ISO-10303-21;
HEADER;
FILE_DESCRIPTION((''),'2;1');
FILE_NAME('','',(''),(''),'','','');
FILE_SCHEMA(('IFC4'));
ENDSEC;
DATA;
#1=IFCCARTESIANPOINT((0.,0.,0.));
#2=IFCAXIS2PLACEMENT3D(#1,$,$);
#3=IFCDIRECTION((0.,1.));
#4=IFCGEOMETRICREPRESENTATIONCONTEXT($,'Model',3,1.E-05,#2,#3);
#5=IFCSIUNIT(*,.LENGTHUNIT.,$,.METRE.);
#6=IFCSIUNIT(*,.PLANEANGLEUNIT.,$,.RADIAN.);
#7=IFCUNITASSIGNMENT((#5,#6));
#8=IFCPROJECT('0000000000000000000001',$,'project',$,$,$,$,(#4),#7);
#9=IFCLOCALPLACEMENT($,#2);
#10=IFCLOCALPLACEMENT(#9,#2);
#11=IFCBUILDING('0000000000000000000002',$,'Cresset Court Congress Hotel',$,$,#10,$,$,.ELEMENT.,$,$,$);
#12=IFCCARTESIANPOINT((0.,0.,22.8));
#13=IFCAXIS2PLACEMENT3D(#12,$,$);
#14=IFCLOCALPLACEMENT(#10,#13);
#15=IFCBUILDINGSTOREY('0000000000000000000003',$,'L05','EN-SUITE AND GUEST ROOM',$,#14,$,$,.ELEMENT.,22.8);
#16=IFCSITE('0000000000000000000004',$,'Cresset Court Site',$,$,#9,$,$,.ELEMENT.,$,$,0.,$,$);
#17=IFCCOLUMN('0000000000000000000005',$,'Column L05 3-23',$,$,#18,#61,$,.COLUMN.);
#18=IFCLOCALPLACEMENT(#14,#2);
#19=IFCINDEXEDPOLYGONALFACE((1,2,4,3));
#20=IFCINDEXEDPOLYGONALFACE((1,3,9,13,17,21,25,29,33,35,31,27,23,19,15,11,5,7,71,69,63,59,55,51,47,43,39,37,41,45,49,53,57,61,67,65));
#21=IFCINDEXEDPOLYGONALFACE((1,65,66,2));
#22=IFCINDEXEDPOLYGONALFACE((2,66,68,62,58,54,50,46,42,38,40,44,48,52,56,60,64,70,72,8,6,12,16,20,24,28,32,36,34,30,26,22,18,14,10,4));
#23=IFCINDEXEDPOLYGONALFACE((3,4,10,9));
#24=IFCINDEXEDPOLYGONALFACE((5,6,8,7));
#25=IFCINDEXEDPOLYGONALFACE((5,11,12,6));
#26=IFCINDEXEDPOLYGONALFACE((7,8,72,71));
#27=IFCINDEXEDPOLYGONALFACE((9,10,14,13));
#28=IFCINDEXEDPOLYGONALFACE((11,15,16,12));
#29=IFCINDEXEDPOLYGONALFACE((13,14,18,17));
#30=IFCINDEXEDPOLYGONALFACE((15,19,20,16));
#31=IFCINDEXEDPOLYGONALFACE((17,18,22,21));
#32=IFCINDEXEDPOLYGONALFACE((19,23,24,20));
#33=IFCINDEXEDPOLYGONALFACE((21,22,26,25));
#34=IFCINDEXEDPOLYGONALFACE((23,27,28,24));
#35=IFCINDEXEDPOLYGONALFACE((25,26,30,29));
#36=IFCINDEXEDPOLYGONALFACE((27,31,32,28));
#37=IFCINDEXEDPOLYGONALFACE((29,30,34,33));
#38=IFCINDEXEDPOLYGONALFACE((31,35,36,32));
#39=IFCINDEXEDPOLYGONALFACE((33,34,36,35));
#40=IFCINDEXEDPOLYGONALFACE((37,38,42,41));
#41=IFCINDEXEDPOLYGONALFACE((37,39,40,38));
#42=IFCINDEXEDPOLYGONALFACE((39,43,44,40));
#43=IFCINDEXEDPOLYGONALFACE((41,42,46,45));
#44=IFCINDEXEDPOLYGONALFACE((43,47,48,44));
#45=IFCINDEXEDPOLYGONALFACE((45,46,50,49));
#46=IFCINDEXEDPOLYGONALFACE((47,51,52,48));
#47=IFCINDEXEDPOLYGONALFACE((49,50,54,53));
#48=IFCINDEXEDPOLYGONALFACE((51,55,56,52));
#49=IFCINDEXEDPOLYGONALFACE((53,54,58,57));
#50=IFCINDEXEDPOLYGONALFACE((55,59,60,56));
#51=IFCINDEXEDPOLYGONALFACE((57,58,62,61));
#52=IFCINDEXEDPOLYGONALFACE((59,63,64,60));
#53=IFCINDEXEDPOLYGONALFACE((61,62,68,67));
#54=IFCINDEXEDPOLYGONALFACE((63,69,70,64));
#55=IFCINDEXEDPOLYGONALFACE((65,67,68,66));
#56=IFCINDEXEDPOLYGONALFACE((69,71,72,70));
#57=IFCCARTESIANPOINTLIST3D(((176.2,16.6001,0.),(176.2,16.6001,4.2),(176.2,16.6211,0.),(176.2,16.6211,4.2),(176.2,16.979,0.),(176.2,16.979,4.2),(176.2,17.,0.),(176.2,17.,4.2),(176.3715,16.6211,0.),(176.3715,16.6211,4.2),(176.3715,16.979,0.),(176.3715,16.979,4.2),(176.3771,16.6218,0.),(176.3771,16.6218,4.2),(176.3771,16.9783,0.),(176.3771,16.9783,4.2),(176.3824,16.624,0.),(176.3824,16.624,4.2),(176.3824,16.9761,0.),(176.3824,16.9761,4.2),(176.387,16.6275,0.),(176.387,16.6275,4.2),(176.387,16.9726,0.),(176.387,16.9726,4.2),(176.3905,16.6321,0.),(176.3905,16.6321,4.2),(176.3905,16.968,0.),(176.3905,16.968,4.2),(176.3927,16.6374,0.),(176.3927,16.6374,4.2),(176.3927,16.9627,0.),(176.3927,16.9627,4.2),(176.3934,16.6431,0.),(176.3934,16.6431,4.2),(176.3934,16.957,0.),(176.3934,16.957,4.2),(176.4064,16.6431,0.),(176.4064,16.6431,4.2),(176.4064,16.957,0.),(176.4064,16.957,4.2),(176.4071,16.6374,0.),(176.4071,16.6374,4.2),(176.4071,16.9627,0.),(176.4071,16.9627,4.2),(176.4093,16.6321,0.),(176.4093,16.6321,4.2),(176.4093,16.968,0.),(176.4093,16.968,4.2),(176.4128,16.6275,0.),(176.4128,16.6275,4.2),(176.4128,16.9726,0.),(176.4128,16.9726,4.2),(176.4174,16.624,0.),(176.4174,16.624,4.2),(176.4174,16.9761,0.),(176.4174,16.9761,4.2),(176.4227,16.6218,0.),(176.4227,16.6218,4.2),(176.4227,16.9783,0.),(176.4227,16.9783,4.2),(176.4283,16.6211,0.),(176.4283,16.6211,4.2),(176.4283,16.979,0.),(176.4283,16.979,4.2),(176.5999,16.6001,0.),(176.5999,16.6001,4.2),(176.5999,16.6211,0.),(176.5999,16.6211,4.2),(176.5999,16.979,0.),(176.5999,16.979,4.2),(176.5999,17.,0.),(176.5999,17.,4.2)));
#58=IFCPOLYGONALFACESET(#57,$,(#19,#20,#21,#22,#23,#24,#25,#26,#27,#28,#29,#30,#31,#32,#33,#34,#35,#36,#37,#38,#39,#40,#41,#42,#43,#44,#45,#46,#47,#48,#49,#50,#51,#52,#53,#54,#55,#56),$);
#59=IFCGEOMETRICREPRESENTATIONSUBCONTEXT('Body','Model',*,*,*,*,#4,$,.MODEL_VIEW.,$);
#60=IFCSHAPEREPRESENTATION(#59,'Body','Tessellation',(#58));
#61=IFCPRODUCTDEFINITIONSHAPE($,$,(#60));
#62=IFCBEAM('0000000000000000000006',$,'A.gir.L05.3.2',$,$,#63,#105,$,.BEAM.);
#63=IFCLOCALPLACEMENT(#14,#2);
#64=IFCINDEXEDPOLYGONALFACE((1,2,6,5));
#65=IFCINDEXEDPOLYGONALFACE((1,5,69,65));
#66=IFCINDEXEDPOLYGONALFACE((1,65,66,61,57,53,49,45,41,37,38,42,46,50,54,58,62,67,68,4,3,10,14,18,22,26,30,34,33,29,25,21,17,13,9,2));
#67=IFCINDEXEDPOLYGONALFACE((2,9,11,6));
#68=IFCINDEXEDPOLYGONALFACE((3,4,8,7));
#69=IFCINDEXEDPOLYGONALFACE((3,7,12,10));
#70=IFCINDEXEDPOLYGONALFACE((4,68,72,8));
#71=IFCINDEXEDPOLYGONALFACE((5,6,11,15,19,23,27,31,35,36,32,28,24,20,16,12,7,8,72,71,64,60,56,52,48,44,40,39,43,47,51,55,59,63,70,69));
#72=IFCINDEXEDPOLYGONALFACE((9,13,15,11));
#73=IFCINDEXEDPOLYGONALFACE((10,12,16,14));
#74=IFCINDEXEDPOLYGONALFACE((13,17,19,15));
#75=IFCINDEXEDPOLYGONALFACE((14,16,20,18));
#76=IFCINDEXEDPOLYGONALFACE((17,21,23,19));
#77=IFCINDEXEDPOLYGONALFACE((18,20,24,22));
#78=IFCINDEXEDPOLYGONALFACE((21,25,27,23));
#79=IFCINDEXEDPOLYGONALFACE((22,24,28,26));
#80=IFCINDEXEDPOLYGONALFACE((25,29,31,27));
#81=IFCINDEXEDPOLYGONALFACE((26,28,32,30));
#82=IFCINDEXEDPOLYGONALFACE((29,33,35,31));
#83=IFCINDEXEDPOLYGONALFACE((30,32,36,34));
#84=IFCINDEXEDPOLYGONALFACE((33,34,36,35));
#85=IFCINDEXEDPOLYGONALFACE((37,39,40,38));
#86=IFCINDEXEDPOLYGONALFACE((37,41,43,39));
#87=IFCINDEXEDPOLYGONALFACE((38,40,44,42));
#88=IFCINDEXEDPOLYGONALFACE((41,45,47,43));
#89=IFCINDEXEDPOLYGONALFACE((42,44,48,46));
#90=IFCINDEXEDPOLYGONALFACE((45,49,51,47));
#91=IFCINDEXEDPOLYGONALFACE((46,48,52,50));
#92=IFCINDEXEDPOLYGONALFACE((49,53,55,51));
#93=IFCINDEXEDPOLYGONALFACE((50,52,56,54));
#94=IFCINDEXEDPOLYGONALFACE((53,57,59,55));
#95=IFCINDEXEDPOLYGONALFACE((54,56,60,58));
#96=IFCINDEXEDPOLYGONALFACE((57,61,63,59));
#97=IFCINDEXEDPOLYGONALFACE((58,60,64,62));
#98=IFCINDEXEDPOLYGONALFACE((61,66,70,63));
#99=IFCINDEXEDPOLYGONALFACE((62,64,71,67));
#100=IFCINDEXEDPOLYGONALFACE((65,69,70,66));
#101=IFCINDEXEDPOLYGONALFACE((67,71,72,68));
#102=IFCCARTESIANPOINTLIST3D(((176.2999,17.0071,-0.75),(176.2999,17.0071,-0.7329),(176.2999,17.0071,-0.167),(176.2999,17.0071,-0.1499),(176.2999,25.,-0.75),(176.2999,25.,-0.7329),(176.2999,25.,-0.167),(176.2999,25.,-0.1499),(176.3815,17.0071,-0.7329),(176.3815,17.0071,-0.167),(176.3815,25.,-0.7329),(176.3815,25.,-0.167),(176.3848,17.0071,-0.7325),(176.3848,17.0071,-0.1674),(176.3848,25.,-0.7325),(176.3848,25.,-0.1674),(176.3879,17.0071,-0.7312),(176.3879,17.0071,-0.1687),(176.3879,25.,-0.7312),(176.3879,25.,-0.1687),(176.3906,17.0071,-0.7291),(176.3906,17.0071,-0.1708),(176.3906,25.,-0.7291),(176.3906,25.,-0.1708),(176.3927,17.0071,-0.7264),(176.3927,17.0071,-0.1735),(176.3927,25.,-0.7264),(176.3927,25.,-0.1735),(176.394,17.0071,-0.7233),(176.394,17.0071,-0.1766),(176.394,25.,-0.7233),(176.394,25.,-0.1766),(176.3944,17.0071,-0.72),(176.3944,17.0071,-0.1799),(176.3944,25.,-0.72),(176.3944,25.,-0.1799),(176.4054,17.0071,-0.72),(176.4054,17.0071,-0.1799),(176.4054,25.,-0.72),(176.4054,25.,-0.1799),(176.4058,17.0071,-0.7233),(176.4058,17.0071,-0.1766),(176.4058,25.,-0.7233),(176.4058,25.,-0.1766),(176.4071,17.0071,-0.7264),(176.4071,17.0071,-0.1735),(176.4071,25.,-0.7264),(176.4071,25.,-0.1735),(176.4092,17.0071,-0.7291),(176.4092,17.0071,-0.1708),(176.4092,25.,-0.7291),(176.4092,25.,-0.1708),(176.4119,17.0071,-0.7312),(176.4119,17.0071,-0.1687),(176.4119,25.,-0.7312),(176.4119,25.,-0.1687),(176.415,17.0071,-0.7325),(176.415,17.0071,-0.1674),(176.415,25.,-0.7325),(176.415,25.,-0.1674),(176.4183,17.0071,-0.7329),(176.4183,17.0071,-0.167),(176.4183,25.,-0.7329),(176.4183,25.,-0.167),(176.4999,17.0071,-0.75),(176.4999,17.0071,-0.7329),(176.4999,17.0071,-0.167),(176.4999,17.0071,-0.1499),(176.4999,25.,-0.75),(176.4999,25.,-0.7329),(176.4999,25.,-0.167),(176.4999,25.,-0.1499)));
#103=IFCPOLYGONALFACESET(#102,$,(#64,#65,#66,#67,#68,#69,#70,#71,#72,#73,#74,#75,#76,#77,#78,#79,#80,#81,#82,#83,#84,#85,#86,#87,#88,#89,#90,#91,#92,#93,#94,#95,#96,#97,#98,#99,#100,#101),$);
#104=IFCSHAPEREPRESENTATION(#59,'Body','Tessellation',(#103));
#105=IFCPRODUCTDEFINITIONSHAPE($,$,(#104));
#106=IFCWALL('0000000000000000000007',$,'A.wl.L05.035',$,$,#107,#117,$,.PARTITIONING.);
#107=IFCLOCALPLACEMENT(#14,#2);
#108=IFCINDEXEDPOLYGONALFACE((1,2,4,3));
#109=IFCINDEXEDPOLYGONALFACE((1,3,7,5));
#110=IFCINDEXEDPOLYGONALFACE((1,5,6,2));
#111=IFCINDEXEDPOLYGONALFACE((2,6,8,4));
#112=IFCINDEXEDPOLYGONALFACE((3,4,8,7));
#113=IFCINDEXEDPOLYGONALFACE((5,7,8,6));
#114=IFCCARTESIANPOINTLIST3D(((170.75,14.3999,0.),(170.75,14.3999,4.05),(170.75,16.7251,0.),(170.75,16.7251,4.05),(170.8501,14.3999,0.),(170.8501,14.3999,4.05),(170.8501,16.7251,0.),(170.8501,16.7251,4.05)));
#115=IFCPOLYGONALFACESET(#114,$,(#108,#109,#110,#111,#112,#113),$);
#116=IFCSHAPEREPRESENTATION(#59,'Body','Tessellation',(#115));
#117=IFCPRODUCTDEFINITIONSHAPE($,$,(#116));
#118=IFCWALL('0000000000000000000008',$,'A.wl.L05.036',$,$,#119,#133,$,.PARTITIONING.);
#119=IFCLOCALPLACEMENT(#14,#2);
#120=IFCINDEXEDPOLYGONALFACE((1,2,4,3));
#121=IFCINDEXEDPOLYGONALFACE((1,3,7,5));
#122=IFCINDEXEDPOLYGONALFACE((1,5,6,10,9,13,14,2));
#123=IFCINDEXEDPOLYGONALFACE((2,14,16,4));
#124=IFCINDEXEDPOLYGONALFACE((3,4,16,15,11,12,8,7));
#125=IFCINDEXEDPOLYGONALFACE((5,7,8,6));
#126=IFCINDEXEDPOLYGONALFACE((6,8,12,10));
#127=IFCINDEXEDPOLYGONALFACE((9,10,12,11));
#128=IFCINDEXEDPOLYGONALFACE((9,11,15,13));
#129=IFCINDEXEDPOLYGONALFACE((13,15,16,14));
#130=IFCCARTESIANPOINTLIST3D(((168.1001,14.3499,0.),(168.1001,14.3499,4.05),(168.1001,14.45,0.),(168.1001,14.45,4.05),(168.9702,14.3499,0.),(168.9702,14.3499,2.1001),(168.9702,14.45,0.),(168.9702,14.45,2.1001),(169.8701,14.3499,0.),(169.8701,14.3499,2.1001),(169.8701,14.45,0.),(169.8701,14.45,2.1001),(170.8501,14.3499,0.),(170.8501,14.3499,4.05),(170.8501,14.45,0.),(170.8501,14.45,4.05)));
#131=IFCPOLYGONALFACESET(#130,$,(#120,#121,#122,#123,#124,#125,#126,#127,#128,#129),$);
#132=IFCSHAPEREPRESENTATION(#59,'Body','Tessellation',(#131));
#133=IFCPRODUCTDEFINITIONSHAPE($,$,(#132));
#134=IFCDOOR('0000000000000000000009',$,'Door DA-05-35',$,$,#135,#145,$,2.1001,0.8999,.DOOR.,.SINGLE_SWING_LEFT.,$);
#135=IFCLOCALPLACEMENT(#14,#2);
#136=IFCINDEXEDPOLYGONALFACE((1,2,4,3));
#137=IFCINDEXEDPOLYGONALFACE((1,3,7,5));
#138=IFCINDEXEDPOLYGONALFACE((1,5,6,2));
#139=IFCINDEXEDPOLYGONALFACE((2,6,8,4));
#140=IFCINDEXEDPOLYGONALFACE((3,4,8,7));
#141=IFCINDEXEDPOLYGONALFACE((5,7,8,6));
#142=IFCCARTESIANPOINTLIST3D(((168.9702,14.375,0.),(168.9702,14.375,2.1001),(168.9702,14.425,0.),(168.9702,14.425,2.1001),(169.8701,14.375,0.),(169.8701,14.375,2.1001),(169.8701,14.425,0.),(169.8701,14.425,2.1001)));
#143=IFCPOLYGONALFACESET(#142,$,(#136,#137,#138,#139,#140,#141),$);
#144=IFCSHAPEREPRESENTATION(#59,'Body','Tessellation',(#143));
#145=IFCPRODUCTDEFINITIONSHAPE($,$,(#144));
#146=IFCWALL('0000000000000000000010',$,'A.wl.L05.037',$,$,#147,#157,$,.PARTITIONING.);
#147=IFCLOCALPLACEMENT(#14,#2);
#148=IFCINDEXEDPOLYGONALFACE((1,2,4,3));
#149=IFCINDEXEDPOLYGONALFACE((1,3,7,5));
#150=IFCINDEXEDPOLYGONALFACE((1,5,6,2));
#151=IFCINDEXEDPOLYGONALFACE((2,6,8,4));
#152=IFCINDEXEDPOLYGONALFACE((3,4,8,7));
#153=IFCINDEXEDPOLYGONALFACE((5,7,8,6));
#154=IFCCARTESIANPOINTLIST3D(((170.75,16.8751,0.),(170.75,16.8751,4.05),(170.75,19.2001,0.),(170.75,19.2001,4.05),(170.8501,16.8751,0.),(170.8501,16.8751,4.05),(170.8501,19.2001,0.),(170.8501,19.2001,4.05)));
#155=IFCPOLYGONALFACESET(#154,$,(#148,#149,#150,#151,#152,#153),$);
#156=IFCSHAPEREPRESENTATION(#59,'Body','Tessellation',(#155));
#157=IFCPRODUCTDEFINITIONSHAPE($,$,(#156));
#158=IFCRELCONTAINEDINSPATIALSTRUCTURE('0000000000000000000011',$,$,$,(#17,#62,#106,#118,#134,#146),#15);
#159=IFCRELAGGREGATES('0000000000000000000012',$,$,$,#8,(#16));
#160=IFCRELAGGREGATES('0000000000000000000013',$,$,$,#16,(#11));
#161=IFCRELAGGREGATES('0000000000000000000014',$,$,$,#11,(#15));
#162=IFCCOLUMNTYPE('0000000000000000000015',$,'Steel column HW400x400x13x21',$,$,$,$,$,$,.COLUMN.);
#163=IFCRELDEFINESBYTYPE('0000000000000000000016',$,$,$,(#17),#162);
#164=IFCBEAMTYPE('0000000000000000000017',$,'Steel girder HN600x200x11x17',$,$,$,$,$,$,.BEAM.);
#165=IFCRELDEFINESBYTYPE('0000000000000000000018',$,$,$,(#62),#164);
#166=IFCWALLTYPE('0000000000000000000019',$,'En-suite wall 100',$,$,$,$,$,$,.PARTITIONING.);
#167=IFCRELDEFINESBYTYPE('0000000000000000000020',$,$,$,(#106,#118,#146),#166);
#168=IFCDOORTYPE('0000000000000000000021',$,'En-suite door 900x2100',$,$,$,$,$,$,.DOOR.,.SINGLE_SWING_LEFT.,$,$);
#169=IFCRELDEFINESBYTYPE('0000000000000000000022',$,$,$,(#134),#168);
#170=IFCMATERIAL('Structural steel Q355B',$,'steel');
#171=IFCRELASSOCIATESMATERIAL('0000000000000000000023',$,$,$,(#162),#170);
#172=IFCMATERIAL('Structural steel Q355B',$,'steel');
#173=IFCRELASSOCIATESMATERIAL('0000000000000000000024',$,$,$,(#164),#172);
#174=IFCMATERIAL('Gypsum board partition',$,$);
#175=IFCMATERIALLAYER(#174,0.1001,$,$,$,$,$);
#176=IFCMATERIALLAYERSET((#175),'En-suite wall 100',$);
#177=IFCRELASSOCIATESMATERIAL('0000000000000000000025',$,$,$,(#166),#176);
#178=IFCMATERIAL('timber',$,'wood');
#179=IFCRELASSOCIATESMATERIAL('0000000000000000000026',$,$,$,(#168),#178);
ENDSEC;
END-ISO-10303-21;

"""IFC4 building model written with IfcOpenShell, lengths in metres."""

from ifc_helpers import new_model, si_unit, direction, frame, frame_2d, origin, origin_2d, place, context, subcontext, project, spatial, rectangle, i_section, extrude, material, layer, layer_set, material_profile, profile_set, type_object, element, fill, save


model = new_model("IFC4")

# Units and contexts
model_context = context("Model", 3, precision=1e-05, world=origin(), true_north=direction((0.0, 1.0)))
body_context = subcontext(model_context, "Body", "Model", "MODEL_VIEW")
ifc_project = project(units=[si_unit("LENGTHUNIT", "METRE"), si_unit("PLANEANGLEUNIT", "RADIAN")], contexts=[model_context])

# Site, building, storey
site_placement = place(None, origin())
site = spatial("IfcSite", under=ifc_project, at=site_placement, Name="Cresset Court Site", CompositionType="ELEMENT", RefElevation=0.0)
building_placement = place(site_placement, origin())
building = spatial("IfcBuilding", under=site, at=building_placement, Name="Cresset Court Congress Hotel", CompositionType="ELEMENT")
storey_placement = place(building_placement, frame((0.0, 0.0, 22.8)))
storey = spatial("IfcBuildingStorey", under=building, at=storey_placement, Name="L05", Description="EN-SUITE AND GUEST ROOM", CompositionType="ELEMENT", Elevation=22.8)

# Column
ifc_material_1 = material(Name="Structural steel Q355B", Category="steel")
ifc_material_profile_1 = material_profile(ifc_material_1, i_section(OverallWidth=0.3999, OverallDepth=0.3999, WebThickness=0.0129, FlangeThickness=0.021, FilletRadius=0.022, at=origin_2d()), Name="HW400x400x13x21")
ifc_profile_set_1 = profile_set([ifc_material_profile_1], Name="Structural steel Q355B")
column_type = type_object("IfcColumnType", Name="Steel column HW400x400x13x21", PredefinedType="COLUMN", material=ifc_profile_set_1)
column_placement = place(storey_placement, frame((176.3999, 16.8, 0.0), z_axis=(0.0, 0.0, 1.0), x_axis=(1.0, 0.0, 0.0)))
element("IfcColumn", 1, at=column_placement, inside=storey, type_object=column_type, Name="Column L05 3-23", PredefinedType="COLUMN", context=body_context, shape_type="SweptSolid", body=[
    extrude(i_section(OverallWidth=0.3999, OverallDepth=0.3999, WebThickness=0.0129, FlangeThickness=0.021, FilletRadius=0.022, at=origin_2d()), origin(), (0.0, 0.0, 1.0), 4.2),
])

# Beam
ifc_material_2 = material(Name="Structural steel Q355B", Category="steel")
ifc_material_profile_2 = material_profile(ifc_material_2, i_section(OverallWidth=0.2, OverallDepth=0.6001, WebThickness=0.011, FlangeThickness=0.0171, FilletRadius=0.0129, at=origin_2d()), Name="HN600x200x11x17")
ifc_profile_set_2 = profile_set([ifc_material_profile_2], Name="Structural steel Q355B")
beam_type = type_object("IfcBeamType", Name="Steel girder HN600x200x11x17", PredefinedType="BEAM", material=ifc_profile_set_2)
beam_placement = place(storey_placement, frame((176.3999, 17.0071, -0.45), z_axis=(0.0, 1.0, 0.0), x_axis=(-1.0, 0.0, 0.0)))
element("IfcBeam", 2, at=beam_placement, inside=storey, type_object=beam_type, Name="A.gir.L05.3.2", PredefinedType="BEAM", context=body_context, shape_type="SweptSolid", body=[
    extrude(i_section(OverallWidth=0.2, OverallDepth=0.6001, WebThickness=0.011, FlangeThickness=0.0171, FilletRadius=0.0129, at=origin_2d()), origin(), (0.0, 0.0, 1.0), 7.9929),
])

# Wall
ifc_material_3 = material(Name="Gypsum board partition")
ifc_layer_1 = layer(ifc_material_3, 0.1001)
ifc_layer_set_1 = layer_set([ifc_layer_1], Name="En-suite wall 100")
wall_type_1 = type_object("IfcWallType", Name="En-suite wall 100", PredefinedType="PARTITIONING", material=ifc_layer_set_1)
wall_1_placement = place(storey_placement, frame((170.8, 14.3999, 0.0), z_axis=(0.0, 0.0, 1.0), x_axis=(0.0, 1.0, 0.0)))
element("IfcWall", 3, at=wall_1_placement, inside=storey, type_object=wall_type_1, Name="A.wl.L05.035", PredefinedType="PARTITIONING", context=body_context, shape_type="SweptSolid", body=[
    extrude(rectangle(XDim=2.3252, YDim=0.1001, at=frame_2d((1.1626, 0.0))), origin(), (0.0, 0.0, 1.0), 4.05),
])

# Wall, opening, door
wall_2_placement = place(storey_placement, frame((170.8501, 14.3999, 0.0), z_axis=(0.0, 0.0, 1.0), x_axis=(-1.0, 0.0, 0.0)))
wall_2 = element("IfcWall", 4, at=wall_2_placement, inside=storey, type_object=wall_type_1, Name="A.wl.L05.036", PredefinedType="PARTITIONING", context=body_context, shape_type="SweptSolid", body=[
    extrude(rectangle(XDim=2.75, YDim=0.1001, at=frame_2d((1.375, 0.0))), origin(), (0.0, 0.0, 1.0), 4.05),
])
opening_1_placement = place(wall_2_placement, frame((0.98, 0.0, 0.0)))
opening_1 = element("IfcOpeningElement", 5, at=opening_1_placement, cuts=wall_2, PredefinedType="OPENING", context=body_context, shape_type="SweptSolid", body=[
    extrude(rectangle(XDim=0.8999, YDim=2.1001, at=frame_2d((0.45, 1.05))), frame((0.0, 0.0601, 0.0), z_axis=(0.0, -1.0, 0.0), x_axis=(1.0, 0.0, 0.0)), (0.0, 0.0, 1.0), 0.1201),
])
ifc_material_4 = material(Name="timber", Category="wood")
door_type = type_object("IfcDoorType", Name="En-suite door 900x2100", OperationType="SINGLE_SWING_LEFT", PredefinedType="DOOR", material=ifc_material_4)
door_1_placement = place(opening_1_placement, origin())
door_1 = element("IfcDoor", 6, at=door_1_placement, inside=storey, type_object=door_type, Name="Door DA-05-35", OperationType="SINGLE_SWING_LEFT", OverallHeight=2.1001, OverallWidth=0.8999, PredefinedType="DOOR", context=body_context, shape_type="SweptSolid", body=[
    extrude(rectangle(XDim=0.8999, YDim=2.1001, at=frame_2d((0.45, 1.05))), frame((0.0, 0.0249, 0.0), z_axis=(0.0, -1.0, 0.0), x_axis=(1.0, 0.0, 0.0)), (0.0, 0.0, 1.0), 0.05),
])
fill(opening_1, door_1)

# Wall
wall_3_placement = place(storey_placement, frame((170.8, 16.875, 0.0), z_axis=(0.0, 0.0, 1.0), x_axis=(0.0, 1.0, 0.0)))
element("IfcWall", 7, at=wall_3_placement, inside=storey, type_object=wall_type_1, Name="A.wl.L05.037", PredefinedType="PARTITIONING", context=body_context, shape_type="SweptSolid", body=[
    extrude(rectangle(XDim=2.325, YDim=0.1001, at=frame_2d((1.1626, 0.0))), origin(), (0.0, 0.0, 1.0), 4.05),
])

save(model, "model.ifc")
